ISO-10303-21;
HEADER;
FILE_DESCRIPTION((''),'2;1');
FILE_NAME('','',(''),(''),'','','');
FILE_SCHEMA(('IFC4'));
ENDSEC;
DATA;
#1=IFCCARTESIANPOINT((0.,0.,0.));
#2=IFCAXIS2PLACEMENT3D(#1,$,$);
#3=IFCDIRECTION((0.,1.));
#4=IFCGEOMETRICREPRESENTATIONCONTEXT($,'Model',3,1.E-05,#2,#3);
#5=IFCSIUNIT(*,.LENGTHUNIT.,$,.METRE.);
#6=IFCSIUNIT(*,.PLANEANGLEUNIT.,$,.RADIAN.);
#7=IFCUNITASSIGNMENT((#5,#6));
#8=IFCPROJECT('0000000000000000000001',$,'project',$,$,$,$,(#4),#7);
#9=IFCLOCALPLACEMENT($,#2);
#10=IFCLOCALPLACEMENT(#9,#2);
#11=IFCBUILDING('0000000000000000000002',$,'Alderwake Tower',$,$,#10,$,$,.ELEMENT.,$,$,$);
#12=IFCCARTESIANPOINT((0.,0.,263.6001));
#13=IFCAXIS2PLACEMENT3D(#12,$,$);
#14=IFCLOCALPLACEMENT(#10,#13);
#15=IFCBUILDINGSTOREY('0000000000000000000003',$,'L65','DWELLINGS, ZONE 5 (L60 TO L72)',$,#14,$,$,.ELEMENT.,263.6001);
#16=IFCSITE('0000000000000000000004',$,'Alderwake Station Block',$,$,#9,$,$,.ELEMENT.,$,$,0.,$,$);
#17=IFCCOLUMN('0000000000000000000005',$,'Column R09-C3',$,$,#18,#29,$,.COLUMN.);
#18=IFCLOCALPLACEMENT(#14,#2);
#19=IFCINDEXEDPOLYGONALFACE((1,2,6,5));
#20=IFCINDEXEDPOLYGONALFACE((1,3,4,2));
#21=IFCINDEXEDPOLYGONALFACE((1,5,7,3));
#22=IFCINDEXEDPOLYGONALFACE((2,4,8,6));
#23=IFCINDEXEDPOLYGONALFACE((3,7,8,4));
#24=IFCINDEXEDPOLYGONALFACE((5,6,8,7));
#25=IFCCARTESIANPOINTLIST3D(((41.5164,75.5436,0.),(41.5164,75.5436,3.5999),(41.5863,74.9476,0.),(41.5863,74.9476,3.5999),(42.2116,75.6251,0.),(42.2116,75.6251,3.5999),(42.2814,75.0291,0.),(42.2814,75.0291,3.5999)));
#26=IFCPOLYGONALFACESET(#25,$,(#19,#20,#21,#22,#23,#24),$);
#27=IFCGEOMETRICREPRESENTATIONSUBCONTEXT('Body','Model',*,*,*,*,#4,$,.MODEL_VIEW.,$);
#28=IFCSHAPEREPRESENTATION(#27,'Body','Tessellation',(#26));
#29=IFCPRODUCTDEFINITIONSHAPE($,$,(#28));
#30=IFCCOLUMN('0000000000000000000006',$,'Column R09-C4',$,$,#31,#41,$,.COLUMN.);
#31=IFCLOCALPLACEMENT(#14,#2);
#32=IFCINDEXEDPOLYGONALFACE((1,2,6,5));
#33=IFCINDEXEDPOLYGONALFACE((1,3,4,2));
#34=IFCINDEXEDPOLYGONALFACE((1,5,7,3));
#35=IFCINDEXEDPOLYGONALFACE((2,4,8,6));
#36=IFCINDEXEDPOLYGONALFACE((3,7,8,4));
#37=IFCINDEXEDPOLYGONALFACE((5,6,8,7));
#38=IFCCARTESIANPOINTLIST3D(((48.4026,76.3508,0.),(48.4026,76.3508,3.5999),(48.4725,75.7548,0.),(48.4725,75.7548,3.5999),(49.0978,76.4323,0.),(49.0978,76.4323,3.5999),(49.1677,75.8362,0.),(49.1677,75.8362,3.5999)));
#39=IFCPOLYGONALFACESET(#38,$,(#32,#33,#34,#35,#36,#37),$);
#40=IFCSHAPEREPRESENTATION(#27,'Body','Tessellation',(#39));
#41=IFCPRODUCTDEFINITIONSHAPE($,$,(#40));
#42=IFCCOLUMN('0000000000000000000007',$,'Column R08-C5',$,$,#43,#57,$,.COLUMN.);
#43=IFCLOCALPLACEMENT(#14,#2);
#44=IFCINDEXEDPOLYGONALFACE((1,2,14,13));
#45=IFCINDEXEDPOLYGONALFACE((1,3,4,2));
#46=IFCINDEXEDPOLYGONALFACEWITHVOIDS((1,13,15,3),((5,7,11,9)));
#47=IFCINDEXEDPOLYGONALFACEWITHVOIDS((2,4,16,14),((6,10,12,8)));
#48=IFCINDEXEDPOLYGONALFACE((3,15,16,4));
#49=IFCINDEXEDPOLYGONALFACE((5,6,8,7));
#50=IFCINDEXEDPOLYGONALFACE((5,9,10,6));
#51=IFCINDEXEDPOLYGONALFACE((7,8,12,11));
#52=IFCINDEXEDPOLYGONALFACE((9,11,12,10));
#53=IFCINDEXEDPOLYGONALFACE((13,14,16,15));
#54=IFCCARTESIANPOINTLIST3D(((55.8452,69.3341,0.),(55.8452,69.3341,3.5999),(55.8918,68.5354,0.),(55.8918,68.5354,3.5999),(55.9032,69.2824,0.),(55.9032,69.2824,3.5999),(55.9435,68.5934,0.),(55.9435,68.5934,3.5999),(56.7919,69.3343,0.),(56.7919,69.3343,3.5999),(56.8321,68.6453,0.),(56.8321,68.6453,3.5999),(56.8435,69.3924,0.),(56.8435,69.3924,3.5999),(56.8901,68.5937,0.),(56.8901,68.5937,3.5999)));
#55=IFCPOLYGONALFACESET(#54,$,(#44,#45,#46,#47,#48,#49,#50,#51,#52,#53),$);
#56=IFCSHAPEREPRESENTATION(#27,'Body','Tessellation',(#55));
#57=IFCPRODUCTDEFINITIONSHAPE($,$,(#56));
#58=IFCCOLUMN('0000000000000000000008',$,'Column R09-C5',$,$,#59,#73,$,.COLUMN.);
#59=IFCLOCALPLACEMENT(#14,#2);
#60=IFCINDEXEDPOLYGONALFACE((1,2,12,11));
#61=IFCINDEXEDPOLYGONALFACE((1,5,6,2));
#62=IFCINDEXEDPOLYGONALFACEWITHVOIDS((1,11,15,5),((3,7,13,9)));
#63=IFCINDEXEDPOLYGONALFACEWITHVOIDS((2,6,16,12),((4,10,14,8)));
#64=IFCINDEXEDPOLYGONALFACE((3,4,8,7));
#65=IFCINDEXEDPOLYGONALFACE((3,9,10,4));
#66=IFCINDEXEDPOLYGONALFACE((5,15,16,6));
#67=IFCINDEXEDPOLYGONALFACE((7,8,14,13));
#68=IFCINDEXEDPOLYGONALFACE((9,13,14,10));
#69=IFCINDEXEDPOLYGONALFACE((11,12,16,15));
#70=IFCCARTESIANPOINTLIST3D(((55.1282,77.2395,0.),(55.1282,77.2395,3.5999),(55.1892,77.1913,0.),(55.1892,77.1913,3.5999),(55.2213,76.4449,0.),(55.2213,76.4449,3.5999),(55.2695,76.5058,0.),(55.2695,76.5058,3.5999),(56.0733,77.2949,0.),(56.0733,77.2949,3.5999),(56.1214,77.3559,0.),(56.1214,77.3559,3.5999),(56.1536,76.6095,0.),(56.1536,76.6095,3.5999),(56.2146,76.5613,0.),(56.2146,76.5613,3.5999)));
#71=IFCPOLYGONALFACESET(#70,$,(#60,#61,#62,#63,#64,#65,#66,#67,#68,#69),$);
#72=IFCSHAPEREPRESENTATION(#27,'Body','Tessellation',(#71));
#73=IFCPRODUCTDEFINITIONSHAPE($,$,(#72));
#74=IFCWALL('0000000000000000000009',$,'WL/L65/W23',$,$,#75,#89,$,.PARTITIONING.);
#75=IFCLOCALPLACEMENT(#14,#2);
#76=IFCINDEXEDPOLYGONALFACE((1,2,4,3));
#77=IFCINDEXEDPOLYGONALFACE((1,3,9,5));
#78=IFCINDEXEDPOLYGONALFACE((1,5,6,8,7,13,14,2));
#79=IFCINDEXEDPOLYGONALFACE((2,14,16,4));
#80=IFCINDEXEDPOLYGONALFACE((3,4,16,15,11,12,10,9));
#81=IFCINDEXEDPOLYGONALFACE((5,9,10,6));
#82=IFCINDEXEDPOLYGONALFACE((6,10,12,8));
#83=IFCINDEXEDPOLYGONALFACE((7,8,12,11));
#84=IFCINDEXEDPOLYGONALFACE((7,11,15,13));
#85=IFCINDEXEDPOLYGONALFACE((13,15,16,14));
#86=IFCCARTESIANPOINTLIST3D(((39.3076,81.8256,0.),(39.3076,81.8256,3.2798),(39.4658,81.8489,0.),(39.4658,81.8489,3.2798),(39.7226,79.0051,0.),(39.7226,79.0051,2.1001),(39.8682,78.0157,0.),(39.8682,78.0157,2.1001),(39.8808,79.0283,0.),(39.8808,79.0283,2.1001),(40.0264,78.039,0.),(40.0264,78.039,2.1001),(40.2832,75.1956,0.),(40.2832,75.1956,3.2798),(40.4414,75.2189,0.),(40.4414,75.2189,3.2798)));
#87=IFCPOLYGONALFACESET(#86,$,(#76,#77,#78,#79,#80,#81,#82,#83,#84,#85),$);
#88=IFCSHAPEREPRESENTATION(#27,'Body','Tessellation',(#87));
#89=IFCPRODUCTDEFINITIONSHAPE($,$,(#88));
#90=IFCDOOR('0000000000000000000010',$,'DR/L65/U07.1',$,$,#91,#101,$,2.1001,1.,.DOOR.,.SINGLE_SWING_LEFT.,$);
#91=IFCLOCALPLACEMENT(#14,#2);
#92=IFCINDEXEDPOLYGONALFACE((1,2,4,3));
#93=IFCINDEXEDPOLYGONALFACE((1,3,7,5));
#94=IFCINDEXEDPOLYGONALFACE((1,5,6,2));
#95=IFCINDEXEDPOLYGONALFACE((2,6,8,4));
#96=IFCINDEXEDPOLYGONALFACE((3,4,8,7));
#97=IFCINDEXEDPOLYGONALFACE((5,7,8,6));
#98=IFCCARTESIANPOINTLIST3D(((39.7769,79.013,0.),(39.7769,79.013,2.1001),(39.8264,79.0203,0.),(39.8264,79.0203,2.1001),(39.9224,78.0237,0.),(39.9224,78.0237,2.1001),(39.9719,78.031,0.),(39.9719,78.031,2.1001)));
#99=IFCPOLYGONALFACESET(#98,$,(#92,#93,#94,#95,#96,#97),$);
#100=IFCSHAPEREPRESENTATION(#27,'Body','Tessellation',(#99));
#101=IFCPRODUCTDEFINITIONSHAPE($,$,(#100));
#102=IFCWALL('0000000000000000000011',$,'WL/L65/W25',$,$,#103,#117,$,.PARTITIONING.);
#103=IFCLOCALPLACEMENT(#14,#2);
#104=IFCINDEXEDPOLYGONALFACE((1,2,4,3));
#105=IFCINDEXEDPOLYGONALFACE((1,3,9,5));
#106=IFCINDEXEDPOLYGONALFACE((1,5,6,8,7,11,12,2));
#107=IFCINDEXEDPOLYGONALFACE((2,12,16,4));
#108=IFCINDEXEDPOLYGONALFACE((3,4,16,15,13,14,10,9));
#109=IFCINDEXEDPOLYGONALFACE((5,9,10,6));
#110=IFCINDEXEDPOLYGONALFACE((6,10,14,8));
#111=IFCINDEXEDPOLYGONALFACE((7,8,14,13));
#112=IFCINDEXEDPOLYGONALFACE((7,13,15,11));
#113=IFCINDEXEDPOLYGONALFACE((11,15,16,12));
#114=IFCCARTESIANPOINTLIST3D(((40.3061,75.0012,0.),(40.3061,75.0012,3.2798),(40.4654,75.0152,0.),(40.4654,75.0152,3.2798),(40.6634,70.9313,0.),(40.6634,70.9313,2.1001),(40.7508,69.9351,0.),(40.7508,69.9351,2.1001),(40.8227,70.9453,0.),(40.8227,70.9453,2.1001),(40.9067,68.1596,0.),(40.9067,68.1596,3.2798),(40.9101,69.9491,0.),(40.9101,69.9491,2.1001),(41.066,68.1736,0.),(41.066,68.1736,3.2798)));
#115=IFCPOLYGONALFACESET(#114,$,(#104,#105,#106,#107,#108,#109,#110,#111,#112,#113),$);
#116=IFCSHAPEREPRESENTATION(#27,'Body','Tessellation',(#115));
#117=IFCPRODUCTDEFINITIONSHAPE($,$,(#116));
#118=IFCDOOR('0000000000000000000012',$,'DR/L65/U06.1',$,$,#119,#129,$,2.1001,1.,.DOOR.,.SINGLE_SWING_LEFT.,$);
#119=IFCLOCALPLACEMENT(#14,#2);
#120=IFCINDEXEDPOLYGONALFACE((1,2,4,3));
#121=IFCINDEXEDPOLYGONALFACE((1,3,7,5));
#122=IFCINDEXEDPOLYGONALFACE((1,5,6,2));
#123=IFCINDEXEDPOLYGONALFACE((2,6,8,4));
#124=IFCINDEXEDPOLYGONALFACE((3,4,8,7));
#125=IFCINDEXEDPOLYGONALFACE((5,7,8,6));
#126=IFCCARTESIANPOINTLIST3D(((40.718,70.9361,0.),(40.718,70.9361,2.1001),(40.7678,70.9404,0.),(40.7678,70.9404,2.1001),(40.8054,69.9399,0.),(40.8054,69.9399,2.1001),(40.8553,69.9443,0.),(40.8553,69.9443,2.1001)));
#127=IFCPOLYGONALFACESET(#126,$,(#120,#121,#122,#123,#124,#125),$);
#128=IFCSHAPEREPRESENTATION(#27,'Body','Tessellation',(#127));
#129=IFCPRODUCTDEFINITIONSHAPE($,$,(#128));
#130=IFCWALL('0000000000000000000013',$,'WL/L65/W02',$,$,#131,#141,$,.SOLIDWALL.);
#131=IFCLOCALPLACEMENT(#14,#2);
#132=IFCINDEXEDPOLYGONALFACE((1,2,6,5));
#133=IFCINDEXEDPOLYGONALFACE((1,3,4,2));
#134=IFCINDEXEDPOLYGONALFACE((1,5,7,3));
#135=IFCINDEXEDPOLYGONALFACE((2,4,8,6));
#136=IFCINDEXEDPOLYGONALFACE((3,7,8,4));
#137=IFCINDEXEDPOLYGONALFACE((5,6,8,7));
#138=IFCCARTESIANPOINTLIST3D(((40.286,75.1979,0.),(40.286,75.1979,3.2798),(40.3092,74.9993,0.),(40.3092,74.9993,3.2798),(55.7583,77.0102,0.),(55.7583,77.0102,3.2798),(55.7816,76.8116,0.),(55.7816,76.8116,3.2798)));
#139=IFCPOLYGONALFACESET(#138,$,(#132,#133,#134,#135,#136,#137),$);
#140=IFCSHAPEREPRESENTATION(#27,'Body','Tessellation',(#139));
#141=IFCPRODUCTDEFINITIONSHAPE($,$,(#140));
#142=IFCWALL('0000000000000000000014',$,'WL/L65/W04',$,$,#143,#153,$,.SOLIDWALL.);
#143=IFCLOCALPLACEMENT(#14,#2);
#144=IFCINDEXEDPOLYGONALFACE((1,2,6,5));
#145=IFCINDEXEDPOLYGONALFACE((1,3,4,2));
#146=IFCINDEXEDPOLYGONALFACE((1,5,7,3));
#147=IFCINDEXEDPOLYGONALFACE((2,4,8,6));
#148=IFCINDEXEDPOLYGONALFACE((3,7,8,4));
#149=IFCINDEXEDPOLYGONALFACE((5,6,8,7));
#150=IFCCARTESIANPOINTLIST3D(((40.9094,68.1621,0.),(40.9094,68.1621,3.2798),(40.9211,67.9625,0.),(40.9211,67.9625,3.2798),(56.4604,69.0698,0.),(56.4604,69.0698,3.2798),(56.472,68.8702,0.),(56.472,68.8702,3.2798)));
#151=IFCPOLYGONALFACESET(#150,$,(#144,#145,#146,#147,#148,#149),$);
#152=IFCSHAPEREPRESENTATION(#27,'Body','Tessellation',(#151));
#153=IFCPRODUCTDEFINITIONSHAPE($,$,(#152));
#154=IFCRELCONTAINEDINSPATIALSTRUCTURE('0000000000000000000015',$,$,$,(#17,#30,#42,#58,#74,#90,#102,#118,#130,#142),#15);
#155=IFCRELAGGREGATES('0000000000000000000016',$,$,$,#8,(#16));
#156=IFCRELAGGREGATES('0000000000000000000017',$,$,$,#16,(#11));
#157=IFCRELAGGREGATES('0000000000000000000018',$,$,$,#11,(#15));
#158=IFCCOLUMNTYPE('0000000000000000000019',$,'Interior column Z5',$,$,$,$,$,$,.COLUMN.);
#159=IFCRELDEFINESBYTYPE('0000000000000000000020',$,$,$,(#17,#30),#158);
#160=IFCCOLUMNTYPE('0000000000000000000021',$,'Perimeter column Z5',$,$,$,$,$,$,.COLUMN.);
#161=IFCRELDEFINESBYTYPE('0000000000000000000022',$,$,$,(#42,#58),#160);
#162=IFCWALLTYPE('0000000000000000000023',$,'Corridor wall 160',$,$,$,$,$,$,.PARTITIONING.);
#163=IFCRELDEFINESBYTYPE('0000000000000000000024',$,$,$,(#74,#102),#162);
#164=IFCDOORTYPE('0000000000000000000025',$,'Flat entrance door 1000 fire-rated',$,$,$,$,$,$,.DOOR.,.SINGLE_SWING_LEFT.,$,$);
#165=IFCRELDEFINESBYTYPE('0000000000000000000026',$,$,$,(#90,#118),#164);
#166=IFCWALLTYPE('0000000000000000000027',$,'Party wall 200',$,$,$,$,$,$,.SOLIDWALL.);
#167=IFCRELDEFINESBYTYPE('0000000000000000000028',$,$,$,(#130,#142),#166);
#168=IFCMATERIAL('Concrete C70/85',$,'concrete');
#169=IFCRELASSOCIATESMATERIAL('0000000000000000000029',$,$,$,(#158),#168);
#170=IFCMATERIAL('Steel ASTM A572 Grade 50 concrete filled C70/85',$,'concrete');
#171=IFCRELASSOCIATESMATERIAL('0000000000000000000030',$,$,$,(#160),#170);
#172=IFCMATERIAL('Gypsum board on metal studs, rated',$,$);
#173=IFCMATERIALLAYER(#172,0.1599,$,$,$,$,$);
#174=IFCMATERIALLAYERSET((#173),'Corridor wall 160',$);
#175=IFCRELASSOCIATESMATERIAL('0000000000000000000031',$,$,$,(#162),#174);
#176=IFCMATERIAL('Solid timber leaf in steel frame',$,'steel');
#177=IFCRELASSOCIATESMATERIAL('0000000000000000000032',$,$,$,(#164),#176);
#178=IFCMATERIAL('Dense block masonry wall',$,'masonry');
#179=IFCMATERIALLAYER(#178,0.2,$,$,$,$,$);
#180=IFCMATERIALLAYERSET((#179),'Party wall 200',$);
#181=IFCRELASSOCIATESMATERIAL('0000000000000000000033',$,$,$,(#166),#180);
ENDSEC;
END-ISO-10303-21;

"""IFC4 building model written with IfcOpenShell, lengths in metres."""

from ifc_helpers import new_model, si_unit, direction, frame, frame_2d, origin, origin_2d, place, context, subcontext, project, spatial, rectangle, hollow_rectangle, extrude, material, layer, layer_set, material_profile, profile_set, type_object, element, fill, save


model = new_model("IFC4")

# Units and contexts
model_context = context("Model", 3, precision=1e-05, world=origin(), true_north=direction((0.0, 1.0)))
body_context = subcontext(model_context, "Body", "Model", "MODEL_VIEW")
ifc_project = project(units=[si_unit("LENGTHUNIT", "METRE"), si_unit("PLANEANGLEUNIT", "RADIAN")], contexts=[model_context])

# Site, building, storey
site_placement = place(None, origin())
site = spatial("IfcSite", under=ifc_project, at=site_placement, Name="Alderwake Station Block", CompositionType="ELEMENT", RefElevation=0.0)
building_placement = place(site_placement, origin())
building = spatial("IfcBuilding", under=site, at=building_placement, Name="Alderwake Tower", CompositionType="ELEMENT")
storey_placement = place(building_placement, frame((0.0, 0.0, 263.6001)))
storey = spatial("IfcBuildingStorey", under=building, at=storey_placement, Name="L65", Description="DWELLINGS, ZONE 5 (L60 TO L72)", CompositionType="ELEMENT", Elevation=263.6001)

# Columns
ifc_material_1 = material(Name="Concrete C70/85", Category="concrete")
ifc_material_profile_1 = material_profile(ifc_material_1, rectangle(XDim=0.6001, YDim=0.7, at=origin_2d()), Name="RC 700X600")
ifc_profile_set_1 = profile_set([ifc_material_profile_1], Name="Concrete C70/85")
column_type_1 = type_object("IfcColumnType", Name="Interior column Z5", PredefinedType="COLUMN", material=ifc_profile_set_1)
for number, where, z_axis, x_axis, name in (
    (1, (41.8989, 75.2864, 0.0), (0.0, 0.0, 1.0), (-0.116402, 0.993202, 0.0), "Column R09-C3"),
    (2, (48.7852, 76.0935, 0.0), (0.0, 0.0, 1.0), (-0.116402, 0.993202, 0.0), "Column R09-C4"),
):
    element("IfcColumn", number, at=place(storey_placement, frame(where, z_axis=z_axis, x_axis=x_axis)), inside=storey, type_object=column_type_1, Name=name, PredefinedType="COLUMN", context=body_context, shape_type="SweptSolid", body=[
        extrude(rectangle(XDim=0.6001, YDim=0.7, at=origin_2d()), origin(), (0.0, 0.0, 1.0), 3.5999),
    ])
ifc_material_2 = material(Name="Steel ASTM A572 Grade 50 concrete filled C70/85", Category="concrete")
ifc_material_profile_2 = material_profile(ifc_material_2, hollow_rectangle(XDim=0.8, YDim=1.0, WallThickness=0.0549, at=origin_2d()), Name="BOX 1000X800X55")
ifc_profile_set_2 = profile_set([ifc_material_profile_2], Name="Steel ASTM A572 Grade 50 concrete filled C70/85")
column_type_2 = type_object("IfcColumnType", Name="Perimeter column Z5", PredefinedType="COLUMN", material=ifc_profile_set_2)
for number, where, z_axis, x_axis, name in (
    (3, (56.3677, 68.9639, 0.0), (0.0, 0.0, 1.0), (-0.058299, 0.998299, 0.0), "Column R08-C5"),
    (4, (55.6714, 76.9004, 0.0), (0.0, 0.0, 1.0), (-0.116402, 0.993202, 0.0), "Column R09-C5"),
):
    element("IfcColumn", number, at=place(storey_placement, frame(where, z_axis=z_axis, x_axis=x_axis)), inside=storey, type_object=column_type_2, Name=name, PredefinedType="COLUMN", context=body_context, shape_type="SweptSolid", body=[
        extrude(hollow_rectangle(XDim=0.8, YDim=1.0, WallThickness=0.0549, at=origin_2d()), origin(), (0.0, 0.0, 1.0), 3.5999),
    ])

# Walls, openings, doors
ifc_material_3 = material(Name="Gypsum board on metal studs, rated")
ifc_layer_1 = layer(ifc_material_3, 0.1599)
ifc_layer_set_1 = layer_set([ifc_layer_1], Name="Corridor wall 160")
wall_type_1 = type_object("IfcWallType", Name="Corridor wall 160", PredefinedType="PARTITIONING", material=ifc_layer_set_1)
wall_1_placement = place(storey_placement, frame((39.3867, 81.8372, 0.0), z_axis=(0.0, 0.0, 1.0), x_axis=(0.145577, -0.989347, 0.0)))
wall_1 = element("IfcWall", 5, at=wall_1_placement, inside=storey, type_object=wall_type_1, Name="WL/L65/W23", PredefinedType="PARTITIONING", context=body_context, shape_type="SweptSolid", body=[
    extrude(rectangle(XDim=6.7014, YDim=0.1599, at=frame_2d((3.3506, 0.0))), origin(), (0.0, 0.0, 1.0), 3.2798),
])
opening_1_placement = place(wall_1_placement, frame((2.8508, 0.0, 0.0)))
opening_1 = element("IfcOpeningElement", 6, at=opening_1_placement, cuts=wall_1, PredefinedType="OPENING", context=body_context, shape_type="SweptSolid", body=[
    extrude(rectangle(XDim=1.0, YDim=2.1001, at=frame_2d((0.5, 1.05))), frame((0.0, 0.0898, 0.0), z_axis=(0.0, -1.0, 0.0), x_axis=(1.0, 0.0, 0.0)), (0.0, 0.0, 1.0), 0.1799),
])
ifc_material_4 = material(Name="Solid timber leaf in steel frame", Category="steel")
door_type_1 = type_object("IfcDoorType", Name="Flat entrance door 1000 fire-rated", OperationType="SINGLE_SWING_LEFT", PredefinedType="DOOR", material=ifc_material_4)
door_1_placement = place(opening_1_placement, origin())
door_1 = element("IfcDoor", 7, at=door_1_placement, inside=storey, type_object=door_type_1, Name="DR/L65/U07.1", OperationType="SINGLE_SWING_LEFT", OverallHeight=2.1001, OverallWidth=1.0, PredefinedType="DOOR", context=body_context, shape_type="SweptSolid", body=[
    extrude(rectangle(XDim=1.0, YDim=2.1001, at=frame_2d((0.5, 1.05))), frame((0.0, 0.0249, 0.0), z_axis=(0.0, -1.0, 0.0), x_axis=(1.0, 0.0, 0.0)), (0.0, 0.0, 1.0), 0.05),
])
fill(opening_1, door_1)
wall_2_placement = place(storey_placement, frame((40.3857, 75.0083, 0.0), z_axis=(0.0, 0.0, 1.0), x_axis=(0.087449, -0.996169, 0.0)))
wall_2 = element("IfcWall", 8, at=wall_2_placement, inside=storey, type_object=wall_type_1, Name="WL/L65/W25", PredefinedType="PARTITIONING", context=body_context, shape_type="SweptSolid", body=[
    extrude(rectangle(XDim=6.8679, YDim=0.1599, at=frame_2d((3.4341, 0.0))), origin(), (0.0, 0.0, 1.0), 3.2798),
])
opening_2_placement = place(wall_2_placement, frame((4.0857, 0.0, 0.0)))
opening_2 = element("IfcOpeningElement", 9, at=opening_2_placement, cuts=wall_2, PredefinedType="OPENING", context=body_context, shape_type="SweptSolid", body=[
    extrude(rectangle(XDim=1.0, YDim=2.1001, at=frame_2d((0.5, 1.05))), frame((0.0, 0.0898, 0.0), z_axis=(0.0, -1.0, 0.0), x_axis=(1.0, 0.0, 0.0)), (0.0, 0.0, 1.0), 0.1799),
])
door_2_placement = place(opening_2_placement, origin())
door_2 = element("IfcDoor", 10, at=door_2_placement, inside=storey, type_object=door_type_1, Name="DR/L65/U06.1", OperationType="SINGLE_SWING_LEFT", OverallHeight=2.1001, OverallWidth=1.0, PredefinedType="DOOR", context=body_context, shape_type="SweptSolid", body=[
    extrude(rectangle(XDim=1.0, YDim=2.1001, at=frame_2d((0.5, 1.05))), frame((0.0, 0.0249, 0.0), z_axis=(0.0, -1.0, 0.0), x_axis=(1.0, 0.0, 0.0)), (0.0, 0.0, 1.0), 0.05),
])
fill(opening_2, door_2)

# Walls
ifc_material_5 = material(Name="Dense block masonry wall", Category="masonry")
ifc_layer_2 = layer(ifc_material_5, 0.2)
ifc_layer_set_2 = layer_set([ifc_layer_2], Name="Party wall 200")
wall_type_2 = type_object("IfcWallType", Name="Party wall 200", PredefinedType="SOLIDWALL", material=ifc_layer_set_2)
wall_3_placement = place(storey_placement, frame((40.2976, 75.0986, 0.0), z_axis=(0.0, 0.0, 1.0), x_axis=(0.99321, 0.116333, 0.0)))
element("IfcWall", 11, at=wall_3_placement, inside=storey, type_object=wall_type_2, Name="WL/L65/W02", PredefinedType="SOLIDWALL", context=body_context, shape_type="SweptSolid", body=[
    extrude(rectangle(XDim=15.5781, YDim=0.2, at=frame_2d((7.7891, 0.0))), origin(), (0.0, 0.0, 1.0), 3.2798),
])
wall_4_placement = place(storey_placement, frame((56.4661, 68.97, 0.0), z_axis=(0.0, 0.0, 1.0), x_axis=(-0.998301, -0.058271, 0.0)))
element("IfcWall", 12, at=wall_4_placement, inside=storey, type_object=wall_type_2, Name="WL/L65/W04", PredefinedType="SOLIDWALL", context=body_context, shape_type="SweptSolid", body=[
    extrude(rectangle(XDim=15.5774, YDim=0.2, at=frame_2d((7.7886, 0.0))), origin(), (0.0, 0.0, 1.0), 3.2798),
])

save(model, "model.ifc")
